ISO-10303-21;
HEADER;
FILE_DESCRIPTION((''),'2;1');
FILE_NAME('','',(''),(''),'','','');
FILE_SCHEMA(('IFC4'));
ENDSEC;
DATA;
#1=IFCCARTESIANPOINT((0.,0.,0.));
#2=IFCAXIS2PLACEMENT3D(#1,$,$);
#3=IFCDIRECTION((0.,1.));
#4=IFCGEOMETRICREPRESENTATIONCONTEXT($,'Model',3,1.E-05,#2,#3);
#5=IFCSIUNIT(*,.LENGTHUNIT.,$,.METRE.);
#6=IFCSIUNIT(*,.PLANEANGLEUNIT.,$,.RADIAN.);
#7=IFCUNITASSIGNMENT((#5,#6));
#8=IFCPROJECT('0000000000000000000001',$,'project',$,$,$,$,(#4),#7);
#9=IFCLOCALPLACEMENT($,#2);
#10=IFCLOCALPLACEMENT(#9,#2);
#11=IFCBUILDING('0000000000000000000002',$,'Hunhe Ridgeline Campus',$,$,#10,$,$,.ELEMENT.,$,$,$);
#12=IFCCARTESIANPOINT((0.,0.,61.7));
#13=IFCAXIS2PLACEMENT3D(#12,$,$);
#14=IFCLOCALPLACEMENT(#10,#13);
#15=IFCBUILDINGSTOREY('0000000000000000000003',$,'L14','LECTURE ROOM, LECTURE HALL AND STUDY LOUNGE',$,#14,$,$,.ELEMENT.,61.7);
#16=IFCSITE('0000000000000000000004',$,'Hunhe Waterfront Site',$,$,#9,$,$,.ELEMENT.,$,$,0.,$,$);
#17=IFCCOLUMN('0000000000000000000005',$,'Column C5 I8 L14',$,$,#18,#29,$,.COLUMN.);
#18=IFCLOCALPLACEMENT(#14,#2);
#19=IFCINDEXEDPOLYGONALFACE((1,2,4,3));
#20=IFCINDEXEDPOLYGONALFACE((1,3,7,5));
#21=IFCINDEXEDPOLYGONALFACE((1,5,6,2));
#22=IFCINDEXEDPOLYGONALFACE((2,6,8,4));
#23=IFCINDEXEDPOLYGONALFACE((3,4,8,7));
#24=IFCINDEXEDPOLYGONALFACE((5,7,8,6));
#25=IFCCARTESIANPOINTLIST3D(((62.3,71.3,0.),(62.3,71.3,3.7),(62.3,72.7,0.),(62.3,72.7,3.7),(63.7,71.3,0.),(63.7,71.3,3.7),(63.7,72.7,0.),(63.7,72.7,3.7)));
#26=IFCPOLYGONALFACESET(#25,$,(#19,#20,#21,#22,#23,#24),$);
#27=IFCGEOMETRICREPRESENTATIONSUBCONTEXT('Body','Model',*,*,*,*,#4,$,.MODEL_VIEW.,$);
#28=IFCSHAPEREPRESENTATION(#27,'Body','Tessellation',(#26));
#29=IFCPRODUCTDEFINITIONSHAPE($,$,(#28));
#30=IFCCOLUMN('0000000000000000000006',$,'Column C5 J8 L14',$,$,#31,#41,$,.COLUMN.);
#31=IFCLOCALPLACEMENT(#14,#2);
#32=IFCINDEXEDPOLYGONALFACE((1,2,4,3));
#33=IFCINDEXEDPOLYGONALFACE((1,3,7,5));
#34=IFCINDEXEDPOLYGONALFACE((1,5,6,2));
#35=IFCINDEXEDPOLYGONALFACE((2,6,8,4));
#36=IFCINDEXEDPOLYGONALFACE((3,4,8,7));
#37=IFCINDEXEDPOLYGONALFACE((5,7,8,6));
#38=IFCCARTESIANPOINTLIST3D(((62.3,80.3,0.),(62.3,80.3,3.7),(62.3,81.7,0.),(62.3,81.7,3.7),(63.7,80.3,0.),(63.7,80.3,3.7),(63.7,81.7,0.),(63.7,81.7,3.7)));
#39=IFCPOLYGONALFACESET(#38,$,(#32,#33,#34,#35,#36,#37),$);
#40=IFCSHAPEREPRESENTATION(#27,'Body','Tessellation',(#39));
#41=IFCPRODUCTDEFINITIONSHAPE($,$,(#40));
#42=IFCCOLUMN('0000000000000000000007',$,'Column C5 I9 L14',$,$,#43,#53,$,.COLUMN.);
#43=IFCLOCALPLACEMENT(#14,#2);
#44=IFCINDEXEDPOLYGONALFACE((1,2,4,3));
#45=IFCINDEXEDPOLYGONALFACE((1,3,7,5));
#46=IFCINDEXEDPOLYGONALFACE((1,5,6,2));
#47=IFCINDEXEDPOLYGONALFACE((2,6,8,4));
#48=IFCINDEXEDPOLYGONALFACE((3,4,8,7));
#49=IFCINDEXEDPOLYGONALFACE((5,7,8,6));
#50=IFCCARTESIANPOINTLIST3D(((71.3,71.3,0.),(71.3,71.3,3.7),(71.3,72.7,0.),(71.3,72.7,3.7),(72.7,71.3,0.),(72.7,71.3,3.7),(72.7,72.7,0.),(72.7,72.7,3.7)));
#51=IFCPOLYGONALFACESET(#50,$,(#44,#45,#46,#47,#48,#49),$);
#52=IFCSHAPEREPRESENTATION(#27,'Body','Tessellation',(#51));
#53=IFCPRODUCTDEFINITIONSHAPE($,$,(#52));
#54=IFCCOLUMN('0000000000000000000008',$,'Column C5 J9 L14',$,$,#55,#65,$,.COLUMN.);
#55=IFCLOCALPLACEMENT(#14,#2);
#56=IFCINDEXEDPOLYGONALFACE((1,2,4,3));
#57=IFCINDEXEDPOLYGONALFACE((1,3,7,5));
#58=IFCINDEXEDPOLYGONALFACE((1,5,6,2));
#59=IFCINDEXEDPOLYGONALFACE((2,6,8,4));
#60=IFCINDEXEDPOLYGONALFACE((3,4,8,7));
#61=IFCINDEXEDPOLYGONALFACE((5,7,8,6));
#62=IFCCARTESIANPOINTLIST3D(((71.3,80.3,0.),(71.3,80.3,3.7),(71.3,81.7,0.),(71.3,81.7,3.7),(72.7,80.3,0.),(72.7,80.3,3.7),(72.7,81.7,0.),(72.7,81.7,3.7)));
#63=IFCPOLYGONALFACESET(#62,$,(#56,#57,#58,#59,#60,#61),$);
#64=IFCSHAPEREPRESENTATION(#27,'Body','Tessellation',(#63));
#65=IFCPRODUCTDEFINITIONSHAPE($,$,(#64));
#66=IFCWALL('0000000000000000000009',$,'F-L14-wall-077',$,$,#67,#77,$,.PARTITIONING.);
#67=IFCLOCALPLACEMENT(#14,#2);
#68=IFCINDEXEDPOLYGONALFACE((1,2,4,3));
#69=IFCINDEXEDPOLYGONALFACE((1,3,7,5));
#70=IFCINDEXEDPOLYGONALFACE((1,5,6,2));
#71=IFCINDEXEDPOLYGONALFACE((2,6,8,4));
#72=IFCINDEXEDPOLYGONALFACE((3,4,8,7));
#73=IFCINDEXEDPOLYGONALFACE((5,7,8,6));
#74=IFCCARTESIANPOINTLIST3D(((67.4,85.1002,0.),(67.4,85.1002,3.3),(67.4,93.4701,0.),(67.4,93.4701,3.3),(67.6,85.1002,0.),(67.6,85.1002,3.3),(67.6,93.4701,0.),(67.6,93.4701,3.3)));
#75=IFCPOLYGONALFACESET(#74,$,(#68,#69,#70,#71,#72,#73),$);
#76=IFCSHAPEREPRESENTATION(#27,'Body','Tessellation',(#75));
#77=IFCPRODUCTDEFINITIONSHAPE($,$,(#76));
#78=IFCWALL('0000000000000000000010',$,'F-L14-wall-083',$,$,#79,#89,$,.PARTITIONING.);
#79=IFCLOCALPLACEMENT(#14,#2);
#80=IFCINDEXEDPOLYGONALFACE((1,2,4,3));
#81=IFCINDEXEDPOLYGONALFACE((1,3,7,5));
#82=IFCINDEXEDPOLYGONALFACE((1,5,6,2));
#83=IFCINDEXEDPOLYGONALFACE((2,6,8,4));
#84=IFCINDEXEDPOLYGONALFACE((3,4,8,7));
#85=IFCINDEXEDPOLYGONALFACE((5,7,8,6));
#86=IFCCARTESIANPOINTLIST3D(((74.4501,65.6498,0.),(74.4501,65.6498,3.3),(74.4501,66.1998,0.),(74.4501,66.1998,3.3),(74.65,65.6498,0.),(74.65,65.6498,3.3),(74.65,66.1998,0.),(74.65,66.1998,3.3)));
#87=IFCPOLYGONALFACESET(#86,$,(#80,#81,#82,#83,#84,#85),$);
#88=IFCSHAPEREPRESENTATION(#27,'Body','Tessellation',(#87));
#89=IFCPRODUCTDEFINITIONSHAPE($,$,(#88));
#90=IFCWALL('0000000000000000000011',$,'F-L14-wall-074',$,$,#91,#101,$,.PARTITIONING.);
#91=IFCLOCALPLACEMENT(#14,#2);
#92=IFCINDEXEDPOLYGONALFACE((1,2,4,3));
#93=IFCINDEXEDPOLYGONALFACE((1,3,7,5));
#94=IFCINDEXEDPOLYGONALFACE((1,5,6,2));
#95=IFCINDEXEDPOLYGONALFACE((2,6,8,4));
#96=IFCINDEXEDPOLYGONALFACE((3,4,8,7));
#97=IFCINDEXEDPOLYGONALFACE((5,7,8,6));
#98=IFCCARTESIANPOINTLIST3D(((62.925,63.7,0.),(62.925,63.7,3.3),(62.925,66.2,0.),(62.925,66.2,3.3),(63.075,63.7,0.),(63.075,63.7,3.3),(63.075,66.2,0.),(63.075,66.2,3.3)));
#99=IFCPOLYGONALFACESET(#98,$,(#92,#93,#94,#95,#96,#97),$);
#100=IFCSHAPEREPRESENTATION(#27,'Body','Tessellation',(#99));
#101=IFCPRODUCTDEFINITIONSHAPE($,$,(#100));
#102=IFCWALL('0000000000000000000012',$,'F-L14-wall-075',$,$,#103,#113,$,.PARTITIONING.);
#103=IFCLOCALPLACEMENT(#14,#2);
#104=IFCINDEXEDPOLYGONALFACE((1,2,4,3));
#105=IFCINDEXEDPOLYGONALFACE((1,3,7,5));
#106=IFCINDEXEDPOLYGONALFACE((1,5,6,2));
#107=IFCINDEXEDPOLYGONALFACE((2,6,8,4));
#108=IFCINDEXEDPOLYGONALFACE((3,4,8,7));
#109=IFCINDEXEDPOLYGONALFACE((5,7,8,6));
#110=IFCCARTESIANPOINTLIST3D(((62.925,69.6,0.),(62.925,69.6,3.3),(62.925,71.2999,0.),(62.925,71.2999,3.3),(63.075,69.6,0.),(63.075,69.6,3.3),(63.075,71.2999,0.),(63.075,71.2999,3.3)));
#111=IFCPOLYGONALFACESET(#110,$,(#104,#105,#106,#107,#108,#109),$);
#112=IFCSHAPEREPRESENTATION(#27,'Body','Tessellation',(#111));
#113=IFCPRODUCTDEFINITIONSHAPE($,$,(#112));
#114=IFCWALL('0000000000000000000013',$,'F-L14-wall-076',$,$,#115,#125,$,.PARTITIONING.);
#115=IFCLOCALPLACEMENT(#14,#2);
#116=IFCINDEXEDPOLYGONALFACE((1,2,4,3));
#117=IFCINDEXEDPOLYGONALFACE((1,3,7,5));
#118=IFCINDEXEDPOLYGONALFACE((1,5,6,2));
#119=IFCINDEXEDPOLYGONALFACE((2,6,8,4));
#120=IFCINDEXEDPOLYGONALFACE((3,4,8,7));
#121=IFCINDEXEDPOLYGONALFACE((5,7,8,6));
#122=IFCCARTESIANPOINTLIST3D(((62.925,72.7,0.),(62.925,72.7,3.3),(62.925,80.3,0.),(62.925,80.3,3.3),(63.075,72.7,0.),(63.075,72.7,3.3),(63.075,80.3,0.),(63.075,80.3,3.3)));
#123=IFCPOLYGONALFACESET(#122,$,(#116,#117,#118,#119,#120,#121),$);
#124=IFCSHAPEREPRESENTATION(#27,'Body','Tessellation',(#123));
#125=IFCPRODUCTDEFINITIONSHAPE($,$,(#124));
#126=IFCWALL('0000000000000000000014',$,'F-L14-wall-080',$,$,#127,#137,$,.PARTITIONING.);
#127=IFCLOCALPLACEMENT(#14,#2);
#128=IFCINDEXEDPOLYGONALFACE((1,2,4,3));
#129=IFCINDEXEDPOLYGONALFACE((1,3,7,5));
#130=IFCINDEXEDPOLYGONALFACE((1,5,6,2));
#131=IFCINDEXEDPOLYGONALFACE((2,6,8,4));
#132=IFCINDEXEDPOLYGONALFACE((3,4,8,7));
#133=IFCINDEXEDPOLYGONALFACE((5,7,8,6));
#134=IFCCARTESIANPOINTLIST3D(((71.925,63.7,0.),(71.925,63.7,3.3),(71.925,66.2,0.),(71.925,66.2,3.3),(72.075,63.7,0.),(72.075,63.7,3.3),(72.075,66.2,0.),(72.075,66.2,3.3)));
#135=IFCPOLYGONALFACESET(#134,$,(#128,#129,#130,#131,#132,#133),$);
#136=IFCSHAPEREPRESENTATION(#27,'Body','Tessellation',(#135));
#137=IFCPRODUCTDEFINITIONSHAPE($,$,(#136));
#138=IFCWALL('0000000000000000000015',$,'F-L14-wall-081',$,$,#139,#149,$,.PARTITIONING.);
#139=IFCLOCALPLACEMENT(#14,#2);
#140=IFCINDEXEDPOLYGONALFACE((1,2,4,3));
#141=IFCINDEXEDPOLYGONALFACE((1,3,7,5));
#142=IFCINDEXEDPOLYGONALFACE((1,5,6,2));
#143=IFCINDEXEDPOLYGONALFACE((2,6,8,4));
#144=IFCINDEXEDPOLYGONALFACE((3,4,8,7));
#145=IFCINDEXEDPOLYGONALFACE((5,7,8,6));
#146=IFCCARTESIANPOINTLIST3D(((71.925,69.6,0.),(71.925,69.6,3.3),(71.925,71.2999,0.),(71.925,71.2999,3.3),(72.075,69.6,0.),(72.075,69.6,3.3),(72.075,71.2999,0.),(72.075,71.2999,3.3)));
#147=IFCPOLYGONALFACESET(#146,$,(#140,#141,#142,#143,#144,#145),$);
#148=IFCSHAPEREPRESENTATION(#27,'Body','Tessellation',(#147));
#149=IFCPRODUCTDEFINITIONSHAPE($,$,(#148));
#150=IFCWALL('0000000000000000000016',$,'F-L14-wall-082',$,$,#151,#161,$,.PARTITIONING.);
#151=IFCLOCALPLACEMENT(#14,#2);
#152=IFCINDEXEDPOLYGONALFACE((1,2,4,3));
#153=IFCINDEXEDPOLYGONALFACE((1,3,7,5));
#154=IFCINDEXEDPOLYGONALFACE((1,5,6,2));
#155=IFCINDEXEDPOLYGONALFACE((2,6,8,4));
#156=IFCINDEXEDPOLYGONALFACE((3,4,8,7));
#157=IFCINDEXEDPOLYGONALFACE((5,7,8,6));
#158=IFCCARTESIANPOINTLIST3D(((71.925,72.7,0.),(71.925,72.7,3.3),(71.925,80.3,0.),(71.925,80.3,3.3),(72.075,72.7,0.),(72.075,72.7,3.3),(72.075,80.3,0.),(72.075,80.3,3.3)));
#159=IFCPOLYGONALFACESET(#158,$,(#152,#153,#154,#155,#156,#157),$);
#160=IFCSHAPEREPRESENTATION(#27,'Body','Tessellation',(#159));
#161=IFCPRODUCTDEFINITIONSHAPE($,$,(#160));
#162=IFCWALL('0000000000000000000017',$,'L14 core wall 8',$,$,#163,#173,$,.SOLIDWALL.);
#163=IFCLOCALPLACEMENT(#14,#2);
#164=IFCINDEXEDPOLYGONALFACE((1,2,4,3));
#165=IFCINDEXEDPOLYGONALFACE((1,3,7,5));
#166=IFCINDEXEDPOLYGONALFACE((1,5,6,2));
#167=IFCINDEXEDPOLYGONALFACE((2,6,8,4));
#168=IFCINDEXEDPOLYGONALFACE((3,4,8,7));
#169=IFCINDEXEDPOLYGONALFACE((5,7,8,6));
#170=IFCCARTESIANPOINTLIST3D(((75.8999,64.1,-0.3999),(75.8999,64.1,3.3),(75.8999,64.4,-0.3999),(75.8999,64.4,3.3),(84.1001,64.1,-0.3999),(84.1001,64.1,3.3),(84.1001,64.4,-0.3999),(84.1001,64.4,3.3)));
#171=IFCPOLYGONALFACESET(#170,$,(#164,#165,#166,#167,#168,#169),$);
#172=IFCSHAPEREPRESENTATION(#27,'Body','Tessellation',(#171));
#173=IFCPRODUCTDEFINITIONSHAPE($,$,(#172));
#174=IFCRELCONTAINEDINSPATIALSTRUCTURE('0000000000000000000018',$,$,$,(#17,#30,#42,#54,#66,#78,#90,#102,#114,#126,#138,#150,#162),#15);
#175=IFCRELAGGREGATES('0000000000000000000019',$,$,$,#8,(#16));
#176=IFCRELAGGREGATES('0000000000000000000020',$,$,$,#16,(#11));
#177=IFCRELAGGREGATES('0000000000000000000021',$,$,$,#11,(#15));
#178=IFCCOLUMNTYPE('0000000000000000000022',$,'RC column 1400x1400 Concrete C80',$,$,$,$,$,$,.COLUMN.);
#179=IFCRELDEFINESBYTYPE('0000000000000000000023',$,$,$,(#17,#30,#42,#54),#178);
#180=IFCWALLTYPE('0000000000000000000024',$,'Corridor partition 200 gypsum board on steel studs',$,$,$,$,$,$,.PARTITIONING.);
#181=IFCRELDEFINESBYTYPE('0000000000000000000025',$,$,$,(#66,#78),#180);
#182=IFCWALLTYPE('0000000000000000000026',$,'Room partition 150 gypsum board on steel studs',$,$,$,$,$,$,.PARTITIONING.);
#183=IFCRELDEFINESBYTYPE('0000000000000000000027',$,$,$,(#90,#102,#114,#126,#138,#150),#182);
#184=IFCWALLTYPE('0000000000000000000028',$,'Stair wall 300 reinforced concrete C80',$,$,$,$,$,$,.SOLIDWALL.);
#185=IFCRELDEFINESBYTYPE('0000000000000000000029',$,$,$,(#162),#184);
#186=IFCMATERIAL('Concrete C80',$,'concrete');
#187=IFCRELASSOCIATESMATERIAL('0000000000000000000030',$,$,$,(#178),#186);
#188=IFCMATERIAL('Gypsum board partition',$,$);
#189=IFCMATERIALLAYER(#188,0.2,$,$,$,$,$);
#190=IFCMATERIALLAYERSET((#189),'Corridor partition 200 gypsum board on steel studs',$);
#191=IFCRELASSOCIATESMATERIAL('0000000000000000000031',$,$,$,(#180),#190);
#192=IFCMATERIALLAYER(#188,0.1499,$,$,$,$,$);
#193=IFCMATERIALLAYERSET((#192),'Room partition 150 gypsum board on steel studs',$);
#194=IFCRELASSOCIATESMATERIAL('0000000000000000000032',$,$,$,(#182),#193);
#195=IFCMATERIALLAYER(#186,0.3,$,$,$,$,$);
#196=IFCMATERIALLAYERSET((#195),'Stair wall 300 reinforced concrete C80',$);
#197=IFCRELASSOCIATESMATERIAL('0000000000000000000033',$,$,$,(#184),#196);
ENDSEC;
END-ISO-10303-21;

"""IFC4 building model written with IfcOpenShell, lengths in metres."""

from ifc_helpers import new_model, si_unit, direction, frame, frame_2d, origin, origin_2d, place, context, subcontext, project, spatial, rectangle, extrude, material, layer, layer_set, material_profile, profile_set, type_object, element, save


model = new_model("IFC4")

# Units and contexts
model_context = context("Model", 3, precision=1e-05, world=origin(), true_north=direction((0.0, 1.0)))
body_context = subcontext(model_context, "Body", "Model", "MODEL_VIEW")
ifc_project = project(units=[si_unit("LENGTHUNIT", "METRE"), si_unit("PLANEANGLEUNIT", "RADIAN")], contexts=[model_context])

# Site, building, storey
site_placement = place(None, origin())
site = spatial("IfcSite", under=ifc_project, at=site_placement, Name="Hunhe Waterfront Site", CompositionType="ELEMENT", RefElevation=0.0)
building_placement = place(site_placement, origin())
building = spatial("IfcBuilding", under=site, at=building_placement, Name="Hunhe Ridgeline Campus", CompositionType="ELEMENT")
storey_placement = place(building_placement, frame((0.0, 0.0, 61.7)))
storey = spatial("IfcBuildingStorey", under=building, at=storey_placement, Name="L14", Description="LECTURE ROOM, LECTURE HALL AND STUDY LOUNGE", CompositionType="ELEMENT", Elevation=61.7)

# Columns
ifc_material_1 = material(Name="Concrete C80", Category="concrete")
ifc_material_profile = material_profile(ifc_material_1, rectangle(XDim=1.3999, YDim=1.3999, at=origin_2d()))
ifc_profile_set = profile_set([ifc_material_profile], Name="Concrete C80")
column_type = type_object("IfcColumnType", Name="RC column 1400x1400 Concrete C80", PredefinedType="COLUMN", material=ifc_profile_set)
for number, where, z_axis, x_axis, name in (
    (1, (63.0, 72.0, 0.0), (0.0, 0.0, 1.0), (1.0, 0.0, 0.0), "Column C5 I8 L14"),
    (2, (63.0, 81.0, 0.0), (0.0, 0.0, 1.0), (1.0, 0.0, 0.0), "Column C5 J8 L14"),
    (3, (72.0, 72.0, 0.0), (0.0, 0.0, 1.0), (1.0, 0.0, 0.0), "Column C5 I9 L14"),
    (4, (72.0, 81.0, 0.0), (0.0, 0.0, 1.0), (1.0, 0.0, 0.0), "Column C5 J9 L14"),
):
    element("IfcColumn", number, at=place(storey_placement, frame(where, z_axis=z_axis, x_axis=x_axis)), inside=storey, type_object=column_type, Name=name, PredefinedType="COLUMN", context=body_context, shape_type="SweptSolid", body=[
        extrude(rectangle(XDim=1.3999, YDim=1.3999, at=origin_2d()), origin(), (0.0, 0.0, 1.0), 3.7),
    ])

# Shared definitions
ifc_material_2 = material(Name="Gypsum board partition")
ifc_layer_1 = layer(ifc_material_2, 0.2)
ifc_layer_set_1 = layer_set([ifc_layer_1], Name="Corridor partition 200 gypsum board on steel studs")
wall_type_1 = type_object("IfcWallType", Name="Corridor partition 200 gypsum board on steel studs", PredefinedType="PARTITIONING", material=ifc_layer_set_1)

# Walls
wall_1_placement = place(storey_placement, frame((67.5, 85.1001, 0.0), z_axis=(0.0, 0.0, 1.0), x_axis=(0.0, 1.0, 0.0)))
element("IfcWall", 5, at=wall_1_placement, inside=storey, type_object=wall_type_1, Name="F-L14-wall-077", PredefinedType="PARTITIONING", context=body_context, shape_type="SweptSolid", body=[
    extrude(rectangle(XDim=8.3699, YDim=0.2, at=frame_2d((4.1851, 0.0))), origin(), (0.0, 0.0, 1.0), 3.3),
])
wall_2_placement = place(storey_placement, frame((74.55, 65.6499, 0.0), z_axis=(0.0, 0.0, 1.0), x_axis=(0.0, 1.0, 0.0)))
element("IfcWall", 6, at=wall_2_placement, inside=storey, type_object=wall_type_1, Name="F-L14-wall-083", PredefinedType="PARTITIONING", context=body_context, shape_type="SweptSolid", body=[
    extrude(rectangle(XDim=0.55, YDim=0.2, at=frame_2d((0.2749, 0.0))), origin(), (0.0, 0.0, 1.0), 3.3),
])
ifc_layer_2 = layer(ifc_material_2, 0.1499)
ifc_layer_set_2 = layer_set([ifc_layer_2], Name="Room partition 150 gypsum board on steel studs")
wall_type_2 = type_object("IfcWallType", Name="Room partition 150 gypsum board on steel studs", PredefinedType="PARTITIONING", material=ifc_layer_set_2)
wall_3_placement = place(storey_placement, frame((63.0, 66.2, 0.0), z_axis=(0.0, 0.0, 1.0), x_axis=(0.0, -1.0, 0.0)))
element("IfcWall", 7, at=wall_3_placement, inside=storey, type_object=wall_type_2, Name="F-L14-wall-074", PredefinedType="PARTITIONING", context=body_context, shape_type="SweptSolid", body=[
    extrude(rectangle(XDim=2.5, YDim=0.1499, at=frame_2d((1.25, 0.0))), origin(), (0.0, 0.0, 1.0), 3.3),
])
wall_4_placement = place(storey_placement, frame((63.0, 71.3, 0.0), z_axis=(0.0, 0.0, 1.0), x_axis=(0.0, -1.0, 0.0)))
element("IfcWall", 8, at=wall_4_placement, inside=storey, type_object=wall_type_2, Name="F-L14-wall-075", PredefinedType="PARTITIONING", context=body_context, shape_type="SweptSolid", body=[
    extrude(rectangle(XDim=1.7, YDim=0.1499, at=frame_2d((0.8501, 0.0))), origin(), (0.0, 0.0, 1.0), 3.3),
])
wall_5_placement = place(storey_placement, frame((63.0, 80.3, 0.0), z_axis=(0.0, 0.0, 1.0), x_axis=(0.0, -1.0, 0.0)))
element("IfcWall", 9, at=wall_5_placement, inside=storey, type_object=wall_type_2, Name="F-L14-wall-076", PredefinedType="PARTITIONING", context=body_context, shape_type="SweptSolid", body=[
    extrude(rectangle(XDim=7.6001, YDim=0.1499, at=frame_2d((3.8, 0.0))), origin(), (0.0, 0.0, 1.0), 3.3),
])
wall_6_placement = place(storey_placement, frame((72.0, 66.2, 0.0), z_axis=(0.0, 0.0, 1.0), x_axis=(0.0, -1.0, 0.0)))
element("IfcWall", 10, at=wall_6_placement, inside=storey, type_object=wall_type_2, Name="F-L14-wall-080", PredefinedType="PARTITIONING", context=body_context, shape_type="SweptSolid", body=[
    extrude(rectangle(XDim=2.5, YDim=0.1499, at=frame_2d((1.25, 0.0))), origin(), (0.0, 0.0, 1.0), 3.3),
])
wall_7_placement = place(storey_placement, frame((72.0, 71.3, 0.0), z_axis=(0.0, 0.0, 1.0), x_axis=(0.0, -1.0, 0.0)))
element("IfcWall", 11, at=wall_7_placement, inside=storey, type_object=wall_type_2, Name="F-L14-wall-081", PredefinedType="PARTITIONING", context=body_context, shape_type="SweptSolid", body=[
    extrude(rectangle(XDim=1.7, YDim=0.1499, at=frame_2d((0.8501, 0.0))), origin(), (0.0, 0.0, 1.0), 3.3),
])
wall_8_placement = place(storey_placement, frame((72.0, 80.3, 0.0), z_axis=(0.0, 0.0, 1.0), x_axis=(0.0, -1.0, 0.0)))
element("IfcWall", 12, at=wall_8_placement, inside=storey, type_object=wall_type_2, Name="F-L14-wall-082", PredefinedType="PARTITIONING", context=body_context, shape_type="SweptSolid", body=[
    extrude(rectangle(XDim=7.6001, YDim=0.1499, at=frame_2d((3.8, 0.0))), origin(), (0.0, 0.0, 1.0), 3.3),
])
ifc_layer_3 = layer(ifc_material_1, 0.3)
ifc_layer_set_3 = layer_set([ifc_layer_3], Name="Stair wall 300 reinforced concrete C80")
wall_type_3 = type_object("IfcWallType", Name="Stair wall 300 reinforced concrete C80", PredefinedType="SOLIDWALL", material=ifc_layer_set_3)
wall_9_placement = place(storey_placement, frame((75.8999, 64.25, -0.3999), z_axis=(0.0, 0.0, 1.0), x_axis=(1.0, 0.0, 0.0)))
element("IfcWall", 13, at=wall_9_placement, inside=storey, type_object=wall_type_3, Name="L14 core wall 8", PredefinedType="SOLIDWALL", context=body_context, shape_type="SweptSolid", body=[
    extrude(rectangle(XDim=8.2002, YDim=0.3, at=frame_2d((4.1001, 0.0))), origin(), (0.0, 0.0, 1.0), 3.7),
])

save(model, "model.ifc")
